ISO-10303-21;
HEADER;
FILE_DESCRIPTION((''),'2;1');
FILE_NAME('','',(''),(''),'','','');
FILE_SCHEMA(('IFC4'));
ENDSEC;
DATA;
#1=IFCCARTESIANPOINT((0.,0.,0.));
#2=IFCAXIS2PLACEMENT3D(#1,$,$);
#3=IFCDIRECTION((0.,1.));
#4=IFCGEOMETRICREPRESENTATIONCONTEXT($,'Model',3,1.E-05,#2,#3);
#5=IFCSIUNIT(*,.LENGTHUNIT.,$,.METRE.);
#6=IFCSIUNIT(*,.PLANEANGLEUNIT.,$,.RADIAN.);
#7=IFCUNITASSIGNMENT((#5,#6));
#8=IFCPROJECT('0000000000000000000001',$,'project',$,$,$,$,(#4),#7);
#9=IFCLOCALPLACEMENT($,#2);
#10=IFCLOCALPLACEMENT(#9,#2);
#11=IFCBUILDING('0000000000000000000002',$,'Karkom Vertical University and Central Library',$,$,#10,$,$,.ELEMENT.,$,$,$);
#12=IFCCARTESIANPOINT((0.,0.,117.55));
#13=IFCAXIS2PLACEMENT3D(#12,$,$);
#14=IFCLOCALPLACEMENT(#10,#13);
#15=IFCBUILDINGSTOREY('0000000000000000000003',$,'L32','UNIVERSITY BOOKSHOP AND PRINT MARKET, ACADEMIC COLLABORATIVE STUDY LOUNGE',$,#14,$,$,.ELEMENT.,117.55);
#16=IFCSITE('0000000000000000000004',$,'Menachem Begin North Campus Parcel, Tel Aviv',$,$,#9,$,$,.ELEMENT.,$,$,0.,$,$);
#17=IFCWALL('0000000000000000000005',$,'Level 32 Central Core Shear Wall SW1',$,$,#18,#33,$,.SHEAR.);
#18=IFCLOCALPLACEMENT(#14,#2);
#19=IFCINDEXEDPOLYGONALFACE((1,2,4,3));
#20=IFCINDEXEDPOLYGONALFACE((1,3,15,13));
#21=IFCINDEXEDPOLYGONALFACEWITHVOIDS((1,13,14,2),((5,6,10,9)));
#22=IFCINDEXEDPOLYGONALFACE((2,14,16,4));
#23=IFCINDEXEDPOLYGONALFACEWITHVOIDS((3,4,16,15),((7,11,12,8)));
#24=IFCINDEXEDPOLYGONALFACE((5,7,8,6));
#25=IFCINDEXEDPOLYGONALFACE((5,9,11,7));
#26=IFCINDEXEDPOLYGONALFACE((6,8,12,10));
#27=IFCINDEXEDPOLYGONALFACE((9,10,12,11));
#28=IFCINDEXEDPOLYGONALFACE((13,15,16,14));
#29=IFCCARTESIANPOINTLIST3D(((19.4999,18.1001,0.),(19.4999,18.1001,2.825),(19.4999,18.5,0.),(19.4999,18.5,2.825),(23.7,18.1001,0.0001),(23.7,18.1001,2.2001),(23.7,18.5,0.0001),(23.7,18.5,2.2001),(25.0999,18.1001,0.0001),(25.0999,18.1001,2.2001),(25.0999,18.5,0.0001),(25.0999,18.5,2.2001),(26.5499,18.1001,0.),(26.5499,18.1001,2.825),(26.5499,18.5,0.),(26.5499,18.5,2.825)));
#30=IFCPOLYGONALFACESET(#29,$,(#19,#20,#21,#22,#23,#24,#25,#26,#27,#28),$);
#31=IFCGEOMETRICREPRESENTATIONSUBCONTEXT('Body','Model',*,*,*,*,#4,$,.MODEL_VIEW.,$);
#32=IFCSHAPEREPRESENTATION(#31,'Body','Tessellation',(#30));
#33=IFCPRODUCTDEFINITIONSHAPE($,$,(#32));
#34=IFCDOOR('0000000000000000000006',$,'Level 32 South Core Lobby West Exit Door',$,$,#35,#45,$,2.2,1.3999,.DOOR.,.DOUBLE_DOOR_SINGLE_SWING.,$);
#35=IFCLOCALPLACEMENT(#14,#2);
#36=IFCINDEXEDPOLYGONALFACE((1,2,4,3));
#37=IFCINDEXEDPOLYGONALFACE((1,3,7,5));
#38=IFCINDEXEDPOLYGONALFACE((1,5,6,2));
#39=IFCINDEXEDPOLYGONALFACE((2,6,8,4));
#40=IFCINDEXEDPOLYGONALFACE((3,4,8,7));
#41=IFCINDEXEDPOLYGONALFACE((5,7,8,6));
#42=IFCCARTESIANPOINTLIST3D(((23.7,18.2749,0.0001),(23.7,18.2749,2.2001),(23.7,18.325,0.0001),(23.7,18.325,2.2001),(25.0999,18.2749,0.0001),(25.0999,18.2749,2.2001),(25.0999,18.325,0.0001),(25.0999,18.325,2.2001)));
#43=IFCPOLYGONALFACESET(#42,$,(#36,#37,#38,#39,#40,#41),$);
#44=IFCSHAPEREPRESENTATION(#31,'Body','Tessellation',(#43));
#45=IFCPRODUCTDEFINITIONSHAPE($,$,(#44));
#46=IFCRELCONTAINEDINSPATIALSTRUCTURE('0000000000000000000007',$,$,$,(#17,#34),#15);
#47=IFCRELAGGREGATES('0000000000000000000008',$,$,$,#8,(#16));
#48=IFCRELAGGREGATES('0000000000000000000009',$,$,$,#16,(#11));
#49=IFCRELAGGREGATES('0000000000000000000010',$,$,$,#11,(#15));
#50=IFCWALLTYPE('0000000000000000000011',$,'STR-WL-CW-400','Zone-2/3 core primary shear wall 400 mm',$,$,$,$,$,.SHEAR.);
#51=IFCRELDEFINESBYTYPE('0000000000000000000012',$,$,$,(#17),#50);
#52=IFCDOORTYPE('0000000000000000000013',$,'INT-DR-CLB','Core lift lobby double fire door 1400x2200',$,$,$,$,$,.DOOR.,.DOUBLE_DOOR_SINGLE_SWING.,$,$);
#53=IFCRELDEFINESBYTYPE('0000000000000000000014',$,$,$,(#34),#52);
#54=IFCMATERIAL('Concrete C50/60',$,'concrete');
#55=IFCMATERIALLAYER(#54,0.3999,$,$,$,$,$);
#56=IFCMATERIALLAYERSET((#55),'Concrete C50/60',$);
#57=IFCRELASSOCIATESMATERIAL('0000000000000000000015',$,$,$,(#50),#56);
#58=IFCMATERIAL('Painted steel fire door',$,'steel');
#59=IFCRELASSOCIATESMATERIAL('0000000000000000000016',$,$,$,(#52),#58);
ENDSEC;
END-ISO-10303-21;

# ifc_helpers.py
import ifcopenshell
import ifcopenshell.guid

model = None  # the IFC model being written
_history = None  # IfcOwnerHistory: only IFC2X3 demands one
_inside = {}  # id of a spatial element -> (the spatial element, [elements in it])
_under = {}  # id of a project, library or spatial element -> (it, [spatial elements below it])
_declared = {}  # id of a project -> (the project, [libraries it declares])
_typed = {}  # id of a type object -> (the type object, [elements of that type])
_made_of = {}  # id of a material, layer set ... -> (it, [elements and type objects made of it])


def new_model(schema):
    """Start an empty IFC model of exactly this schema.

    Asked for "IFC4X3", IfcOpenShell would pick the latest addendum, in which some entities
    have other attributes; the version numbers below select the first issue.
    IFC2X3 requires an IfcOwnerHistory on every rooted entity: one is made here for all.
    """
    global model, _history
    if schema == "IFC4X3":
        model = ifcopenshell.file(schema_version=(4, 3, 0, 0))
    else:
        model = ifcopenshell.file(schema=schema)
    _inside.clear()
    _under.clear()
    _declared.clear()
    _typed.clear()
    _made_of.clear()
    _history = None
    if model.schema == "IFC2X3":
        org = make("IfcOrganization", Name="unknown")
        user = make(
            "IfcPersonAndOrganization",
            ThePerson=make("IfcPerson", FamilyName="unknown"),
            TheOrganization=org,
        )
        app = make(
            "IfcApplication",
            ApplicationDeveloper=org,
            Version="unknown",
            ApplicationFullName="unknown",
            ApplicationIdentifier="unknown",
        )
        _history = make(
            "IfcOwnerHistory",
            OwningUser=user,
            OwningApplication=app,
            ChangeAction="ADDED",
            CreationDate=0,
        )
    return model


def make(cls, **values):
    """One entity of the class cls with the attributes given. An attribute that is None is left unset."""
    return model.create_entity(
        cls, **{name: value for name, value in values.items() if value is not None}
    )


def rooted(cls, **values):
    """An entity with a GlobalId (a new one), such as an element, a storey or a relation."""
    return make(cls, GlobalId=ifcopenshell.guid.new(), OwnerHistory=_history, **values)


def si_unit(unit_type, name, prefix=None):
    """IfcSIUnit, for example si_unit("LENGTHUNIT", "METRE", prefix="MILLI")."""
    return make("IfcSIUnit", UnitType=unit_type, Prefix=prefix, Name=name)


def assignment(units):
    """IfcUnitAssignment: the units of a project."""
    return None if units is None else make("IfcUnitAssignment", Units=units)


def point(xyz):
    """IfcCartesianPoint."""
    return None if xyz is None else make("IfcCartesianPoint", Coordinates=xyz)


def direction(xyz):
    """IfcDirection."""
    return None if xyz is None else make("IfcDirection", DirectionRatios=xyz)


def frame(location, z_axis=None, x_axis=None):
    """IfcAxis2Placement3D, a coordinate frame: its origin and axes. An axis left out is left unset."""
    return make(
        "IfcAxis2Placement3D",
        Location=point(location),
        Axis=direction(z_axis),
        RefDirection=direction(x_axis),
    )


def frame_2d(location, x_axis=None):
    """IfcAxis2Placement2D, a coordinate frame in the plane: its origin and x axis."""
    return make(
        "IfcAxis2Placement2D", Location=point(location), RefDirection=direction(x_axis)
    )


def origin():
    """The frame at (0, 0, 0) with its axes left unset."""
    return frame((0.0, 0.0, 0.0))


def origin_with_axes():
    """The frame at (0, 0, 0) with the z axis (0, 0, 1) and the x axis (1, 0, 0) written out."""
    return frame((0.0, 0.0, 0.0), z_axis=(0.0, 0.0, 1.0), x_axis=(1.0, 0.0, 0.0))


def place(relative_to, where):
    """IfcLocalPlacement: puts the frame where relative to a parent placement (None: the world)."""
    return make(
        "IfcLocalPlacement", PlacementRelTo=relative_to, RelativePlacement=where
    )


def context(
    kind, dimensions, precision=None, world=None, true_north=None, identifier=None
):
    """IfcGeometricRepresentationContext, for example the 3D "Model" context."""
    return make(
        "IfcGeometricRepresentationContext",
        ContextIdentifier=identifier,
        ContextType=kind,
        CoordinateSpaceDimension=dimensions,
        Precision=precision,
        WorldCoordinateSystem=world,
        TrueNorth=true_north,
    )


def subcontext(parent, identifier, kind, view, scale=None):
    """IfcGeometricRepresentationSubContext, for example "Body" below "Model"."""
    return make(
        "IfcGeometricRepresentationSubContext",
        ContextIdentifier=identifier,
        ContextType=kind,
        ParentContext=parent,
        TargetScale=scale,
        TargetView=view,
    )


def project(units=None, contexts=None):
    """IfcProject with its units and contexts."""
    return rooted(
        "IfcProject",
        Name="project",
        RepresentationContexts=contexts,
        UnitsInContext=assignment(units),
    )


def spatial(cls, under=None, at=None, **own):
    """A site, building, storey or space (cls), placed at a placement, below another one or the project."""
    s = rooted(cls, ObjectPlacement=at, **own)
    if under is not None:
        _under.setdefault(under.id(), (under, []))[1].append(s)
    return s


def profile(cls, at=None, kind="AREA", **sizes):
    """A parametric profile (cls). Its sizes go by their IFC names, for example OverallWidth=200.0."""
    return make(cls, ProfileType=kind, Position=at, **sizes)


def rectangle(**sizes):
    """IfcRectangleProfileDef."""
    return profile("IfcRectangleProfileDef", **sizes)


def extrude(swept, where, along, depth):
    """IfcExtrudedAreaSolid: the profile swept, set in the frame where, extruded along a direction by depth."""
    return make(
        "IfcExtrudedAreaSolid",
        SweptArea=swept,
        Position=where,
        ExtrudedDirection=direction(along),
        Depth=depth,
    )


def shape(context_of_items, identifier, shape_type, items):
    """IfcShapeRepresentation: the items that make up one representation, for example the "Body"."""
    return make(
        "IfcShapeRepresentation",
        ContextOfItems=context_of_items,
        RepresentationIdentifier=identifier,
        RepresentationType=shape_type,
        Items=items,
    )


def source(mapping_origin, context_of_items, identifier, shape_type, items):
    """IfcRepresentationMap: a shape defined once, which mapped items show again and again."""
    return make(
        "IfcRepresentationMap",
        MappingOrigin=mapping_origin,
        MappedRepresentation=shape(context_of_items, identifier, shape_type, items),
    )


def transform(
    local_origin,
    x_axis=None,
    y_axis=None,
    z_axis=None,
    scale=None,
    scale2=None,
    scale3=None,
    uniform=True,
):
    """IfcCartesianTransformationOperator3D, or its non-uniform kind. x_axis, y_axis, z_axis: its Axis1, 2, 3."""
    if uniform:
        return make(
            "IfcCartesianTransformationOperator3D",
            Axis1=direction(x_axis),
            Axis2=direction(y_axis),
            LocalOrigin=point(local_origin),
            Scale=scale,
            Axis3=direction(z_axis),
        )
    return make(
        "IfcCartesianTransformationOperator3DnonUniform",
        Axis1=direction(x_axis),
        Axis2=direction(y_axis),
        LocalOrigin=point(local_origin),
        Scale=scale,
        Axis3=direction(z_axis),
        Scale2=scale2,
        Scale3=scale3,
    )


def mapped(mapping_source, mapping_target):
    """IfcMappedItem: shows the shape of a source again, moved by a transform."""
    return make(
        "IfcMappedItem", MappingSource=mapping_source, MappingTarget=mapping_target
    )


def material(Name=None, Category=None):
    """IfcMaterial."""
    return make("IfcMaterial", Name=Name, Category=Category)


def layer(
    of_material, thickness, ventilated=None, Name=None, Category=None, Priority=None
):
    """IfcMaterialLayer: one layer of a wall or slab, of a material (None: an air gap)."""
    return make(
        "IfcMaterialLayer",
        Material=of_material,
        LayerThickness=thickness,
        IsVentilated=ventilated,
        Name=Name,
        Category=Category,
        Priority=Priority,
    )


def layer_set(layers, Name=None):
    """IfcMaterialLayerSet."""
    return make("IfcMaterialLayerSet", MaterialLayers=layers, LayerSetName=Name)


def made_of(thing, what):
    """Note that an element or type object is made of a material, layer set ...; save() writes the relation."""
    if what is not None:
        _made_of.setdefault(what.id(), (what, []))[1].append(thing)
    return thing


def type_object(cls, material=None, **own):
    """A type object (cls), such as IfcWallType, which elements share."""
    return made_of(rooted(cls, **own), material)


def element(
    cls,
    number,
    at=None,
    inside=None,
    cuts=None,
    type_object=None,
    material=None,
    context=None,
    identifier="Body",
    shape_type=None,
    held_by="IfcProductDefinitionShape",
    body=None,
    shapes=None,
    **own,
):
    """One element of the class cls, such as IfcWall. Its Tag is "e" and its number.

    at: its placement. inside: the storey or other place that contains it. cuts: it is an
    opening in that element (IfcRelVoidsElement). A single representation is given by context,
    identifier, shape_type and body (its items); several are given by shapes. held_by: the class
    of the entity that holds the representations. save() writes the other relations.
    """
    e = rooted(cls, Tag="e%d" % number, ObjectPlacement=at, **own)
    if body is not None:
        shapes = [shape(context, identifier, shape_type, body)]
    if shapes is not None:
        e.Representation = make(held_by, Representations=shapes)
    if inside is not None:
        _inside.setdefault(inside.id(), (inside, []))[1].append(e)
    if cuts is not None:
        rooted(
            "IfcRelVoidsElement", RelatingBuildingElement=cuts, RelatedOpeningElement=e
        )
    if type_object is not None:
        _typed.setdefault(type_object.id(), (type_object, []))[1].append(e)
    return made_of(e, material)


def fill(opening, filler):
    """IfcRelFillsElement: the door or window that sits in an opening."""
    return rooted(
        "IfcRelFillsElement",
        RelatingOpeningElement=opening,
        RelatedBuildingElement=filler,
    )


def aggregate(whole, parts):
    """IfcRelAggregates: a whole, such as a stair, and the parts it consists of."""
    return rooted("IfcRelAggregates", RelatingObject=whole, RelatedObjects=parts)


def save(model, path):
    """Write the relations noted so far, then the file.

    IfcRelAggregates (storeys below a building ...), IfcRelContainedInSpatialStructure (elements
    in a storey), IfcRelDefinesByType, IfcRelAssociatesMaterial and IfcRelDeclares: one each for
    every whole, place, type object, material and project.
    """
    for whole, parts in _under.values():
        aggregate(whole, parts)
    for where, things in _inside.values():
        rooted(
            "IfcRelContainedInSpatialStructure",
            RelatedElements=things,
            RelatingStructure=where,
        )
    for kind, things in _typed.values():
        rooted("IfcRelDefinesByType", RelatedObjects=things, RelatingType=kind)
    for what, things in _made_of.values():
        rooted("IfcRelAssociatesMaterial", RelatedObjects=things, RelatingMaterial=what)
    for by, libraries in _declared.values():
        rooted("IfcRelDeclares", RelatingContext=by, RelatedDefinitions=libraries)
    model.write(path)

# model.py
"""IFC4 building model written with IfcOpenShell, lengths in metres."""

from ifc_helpers import new_model, si_unit, direction, frame, frame_2d, origin, origin_with_axes, place, context, subcontext, project, spatial, rectangle, extrude, source, transform, mapped, material, layer, layer_set, type_object, element, fill, save


model = new_model("IFC4")

# Units and contexts
model_context = context("Model", 3, precision=1e-05, world=origin(), true_north=direction((0.0, 1.0)))
body_context = subcontext(model_context, "Body", "Model", "MODEL_VIEW")
ifc_project = project(units=[si_unit("LENGTHUNIT", "METRE"), si_unit("PLANEANGLEUNIT", "RADIAN")], contexts=[model_context])

# Site, building, storey
site_placement = place(None, origin())
site = spatial("IfcSite", under=ifc_project, at=site_placement, Name="Menachem Begin North Campus Parcel, Tel Aviv", CompositionType="ELEMENT", RefElevation=0.0)
building_placement = place(site_placement, origin())
building = spatial("IfcBuilding", under=site, at=building_placement, Name="Karkom Vertical University and Central Library", CompositionType="ELEMENT")
storey_placement = place(building_placement, frame((0.0, 0.0, 117.55)))
storey = spatial("IfcBuildingStorey", under=building, at=storey_placement, Name="L32", Description="UNIVERSITY BOOKSHOP AND PRINT MARKET, ACADEMIC COLLABORATIVE STUDY LOUNGE", CompositionType="ELEMENT", Elevation=117.55)

# Shared definitions
ifc_material_1 = material(Name="Concrete C50/60", Category="concrete")

# Wall, opening, door
ifc_layer_1 = layer(ifc_material_1, 0.3999)
ifc_layer_set_1 = layer_set([ifc_layer_1], Name="Concrete C50/60")
wall_type_1 = type_object("IfcWallType", Name="STR-WL-CW-400", Description="Zone-2/3 core primary shear wall 400 mm", PredefinedType="SHEAR", material=ifc_layer_set_1)
wall_1_placement = place(storey_placement, frame((19.5, 18.3, 0.0), z_axis=(0.0, 0.0, 1.0), x_axis=(1.0, 0.0, 0.0)))
wall_1 = element("IfcWall", 1, at=wall_1_placement, inside=storey, type_object=wall_type_1, Name="Level 32 Central Core Shear Wall SW1", PredefinedType="SHEAR", context=body_context, shape_type="SweptSolid", body=[
    extrude(rectangle(XDim=7.05, YDim=0.3999, at=frame_2d((3.5249, 0.0))), origin(), (0.0, 0.0, 1.0), 2.825),
])
opening_1_placement = place(wall_1_placement, frame((4.2, 0.0, 0.0)))
opening_1 = element("IfcOpeningElement", 2, at=opening_1_placement, cuts=wall_1, PredefinedType="OPENING", context=body_context, shape_type="SweptSolid", body=[
    extrude(rectangle(XDim=1.3999, YDim=2.2, at=frame_2d((0.7, 1.1001))), frame((0.0, 0.21, 0.0), z_axis=(0.0, -1.0, 0.0), x_axis=(1.0, 0.0, 0.0)), (0.0, 0.0, 1.0), 0.4199),
])
ifc_material_2 = material(Name="Painted steel fire door", Category="steel")
door_type_1 = type_object("IfcDoorType", Name="INT-DR-CLB", Description="Core lift lobby double fire door 1400x2200", OperationType="DOUBLE_DOOR_SINGLE_SWING", PredefinedType="DOOR", material=ifc_material_2)
shared_shape_1 = source(origin_with_axes(), body_context, "Body", "SweptSolid", [
    extrude(rectangle(XDim=1.3999, YDim=2.2, at=frame_2d((0.7, 1.1001))), frame((0.0, 0.0249, 0.0), z_axis=(0.0, -1.0, 0.0), x_axis=(1.0, 0.0, 0.0)), (0.0, 0.0, 1.0), 0.05),
])
door_1_placement = place(opening_1_placement, origin())
door_1 = element("IfcDoor", 3, at=door_1_placement, inside=storey, type_object=door_type_1, Name="Level 32 South Core Lobby West Exit Door", OperationType="DOUBLE_DOOR_SINGLE_SWING", OverallHeight=2.2, OverallWidth=1.3999, PredefinedType="DOOR", context=body_context, shape_type="MappedRepresentation", body=[
    mapped(shared_shape_1, transform((0.0, 0.0, 0.0), scale=1.0)),
])
fill(opening_1, door_1)

save(model, "model.ifc")
